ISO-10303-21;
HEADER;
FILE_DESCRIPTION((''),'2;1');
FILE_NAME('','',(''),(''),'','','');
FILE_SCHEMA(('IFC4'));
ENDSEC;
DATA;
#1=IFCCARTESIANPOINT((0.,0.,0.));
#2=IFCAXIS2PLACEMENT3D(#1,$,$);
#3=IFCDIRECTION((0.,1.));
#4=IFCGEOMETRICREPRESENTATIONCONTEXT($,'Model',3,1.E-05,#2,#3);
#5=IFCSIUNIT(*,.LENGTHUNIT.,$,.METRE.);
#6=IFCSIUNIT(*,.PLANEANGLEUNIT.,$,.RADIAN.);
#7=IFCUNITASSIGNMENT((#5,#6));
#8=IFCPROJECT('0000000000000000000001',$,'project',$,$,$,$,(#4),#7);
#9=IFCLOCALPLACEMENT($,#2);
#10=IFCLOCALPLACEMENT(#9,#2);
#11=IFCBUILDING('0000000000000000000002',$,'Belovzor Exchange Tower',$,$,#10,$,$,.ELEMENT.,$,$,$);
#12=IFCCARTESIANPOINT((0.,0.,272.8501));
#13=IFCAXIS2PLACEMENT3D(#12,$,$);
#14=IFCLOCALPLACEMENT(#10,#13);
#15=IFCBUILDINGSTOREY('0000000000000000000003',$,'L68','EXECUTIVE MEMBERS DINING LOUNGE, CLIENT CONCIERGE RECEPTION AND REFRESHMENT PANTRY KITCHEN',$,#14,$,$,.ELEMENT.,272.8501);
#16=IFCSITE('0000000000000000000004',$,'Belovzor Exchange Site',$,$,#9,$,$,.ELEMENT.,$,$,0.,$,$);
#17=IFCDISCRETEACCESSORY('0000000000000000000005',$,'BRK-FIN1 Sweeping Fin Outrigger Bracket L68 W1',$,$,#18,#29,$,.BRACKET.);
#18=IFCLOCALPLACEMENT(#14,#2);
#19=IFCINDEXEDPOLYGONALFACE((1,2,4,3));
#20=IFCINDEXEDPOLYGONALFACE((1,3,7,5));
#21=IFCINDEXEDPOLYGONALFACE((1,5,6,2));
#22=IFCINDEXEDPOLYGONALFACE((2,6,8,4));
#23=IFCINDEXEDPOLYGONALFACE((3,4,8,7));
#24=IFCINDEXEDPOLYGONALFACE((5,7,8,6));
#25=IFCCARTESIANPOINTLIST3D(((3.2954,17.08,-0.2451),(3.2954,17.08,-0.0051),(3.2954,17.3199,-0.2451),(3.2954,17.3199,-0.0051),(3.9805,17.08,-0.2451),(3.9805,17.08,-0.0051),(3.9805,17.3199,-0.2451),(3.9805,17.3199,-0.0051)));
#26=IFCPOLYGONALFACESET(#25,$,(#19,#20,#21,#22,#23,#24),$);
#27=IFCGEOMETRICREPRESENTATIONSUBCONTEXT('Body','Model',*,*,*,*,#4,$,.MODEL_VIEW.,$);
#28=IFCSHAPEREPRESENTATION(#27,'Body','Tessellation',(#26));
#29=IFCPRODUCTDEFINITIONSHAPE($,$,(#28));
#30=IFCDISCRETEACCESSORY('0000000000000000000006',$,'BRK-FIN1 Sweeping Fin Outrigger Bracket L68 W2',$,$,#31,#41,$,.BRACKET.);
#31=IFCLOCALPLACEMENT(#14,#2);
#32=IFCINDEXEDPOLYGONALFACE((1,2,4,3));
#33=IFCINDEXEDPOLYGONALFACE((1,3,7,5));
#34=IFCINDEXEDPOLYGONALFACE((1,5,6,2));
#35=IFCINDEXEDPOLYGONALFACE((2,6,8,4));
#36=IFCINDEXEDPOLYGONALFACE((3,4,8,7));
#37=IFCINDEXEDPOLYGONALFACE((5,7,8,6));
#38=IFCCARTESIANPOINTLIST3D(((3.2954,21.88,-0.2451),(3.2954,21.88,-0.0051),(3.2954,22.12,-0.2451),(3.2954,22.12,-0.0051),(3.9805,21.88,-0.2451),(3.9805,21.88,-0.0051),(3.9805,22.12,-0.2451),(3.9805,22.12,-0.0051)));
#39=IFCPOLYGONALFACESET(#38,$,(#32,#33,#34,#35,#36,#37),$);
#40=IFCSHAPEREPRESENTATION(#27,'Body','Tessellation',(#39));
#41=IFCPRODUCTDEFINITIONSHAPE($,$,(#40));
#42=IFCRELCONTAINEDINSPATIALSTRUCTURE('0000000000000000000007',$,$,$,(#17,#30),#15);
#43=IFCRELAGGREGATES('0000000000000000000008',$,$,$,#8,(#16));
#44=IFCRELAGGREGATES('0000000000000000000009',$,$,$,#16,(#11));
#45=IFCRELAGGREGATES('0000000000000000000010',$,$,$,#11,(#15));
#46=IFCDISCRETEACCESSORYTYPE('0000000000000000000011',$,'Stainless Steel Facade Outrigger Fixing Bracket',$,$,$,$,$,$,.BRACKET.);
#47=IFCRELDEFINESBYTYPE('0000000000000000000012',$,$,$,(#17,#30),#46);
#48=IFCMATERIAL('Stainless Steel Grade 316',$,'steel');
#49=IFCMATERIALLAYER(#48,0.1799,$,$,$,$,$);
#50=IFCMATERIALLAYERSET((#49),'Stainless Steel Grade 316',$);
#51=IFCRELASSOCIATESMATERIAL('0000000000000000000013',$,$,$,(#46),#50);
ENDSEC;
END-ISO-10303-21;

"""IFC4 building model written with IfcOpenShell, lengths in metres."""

from ifc_helpers import new_model, si_unit, direction, frame, origin, origin_2d, place, context, subcontext, project, spatial, rectangle, extrude, material, layer, layer_set, type_object, element, save


model = new_model("IFC4")

# Units and contexts
model_context = context("Model", 3, precision=1e-05, world=origin(), true_north=direction((0.0, 1.0)))
body_context = subcontext(model_context, "Body", "Model", "MODEL_VIEW")
ifc_project = project(units=[si_unit("LENGTHUNIT", "METRE"), si_unit("PLANEANGLEUNIT", "RADIAN")], contexts=[model_context])

# Site, building, storey
site_placement = place(None, origin())
site = spatial("IfcSite", under=ifc_project, at=site_placement, Name="Belovzor Exchange Site", CompositionType="ELEMENT", RefElevation=0.0)
building_placement = place(site_placement, origin())
building = spatial("IfcBuilding", under=site, at=building_placement, Name="Belovzor Exchange Tower", CompositionType="ELEMENT")
storey_placement = place(building_placement, frame((0.0, 0.0, 272.8501)))
storey = spatial("IfcBuildingStorey", under=building, at=storey_placement, Name="L68", Description="EXECUTIVE MEMBERS DINING LOUNGE, CLIENT CONCIERGE RECEPTION AND REFRESHMENT PANTRY KITCHEN", CompositionType="ELEMENT", Elevation=272.8501)

# Discrete accessories
ifc_material_1 = material(Name="Stainless Steel Grade 316", Category="steel")
ifc_layer_1 = layer(ifc_material_1, 0.1799)
ifc_layer_set_1 = layer_set([ifc_layer_1], Name="Stainless Steel Grade 316")
discrete_accessory_type = type_object("IfcDiscreteAccessoryType", Name="Stainless Steel Facade Outrigger Fixing Bracket", PredefinedType="BRACKET", material=ifc_layer_set_1)
for number, where, z_axis, x_axis, name in (
    (1, (3.6379, 17.2, -0.2451), (0.0, 0.0, 1.0), (1.0, 0.0, 0.0), "BRK-FIN1 Sweeping Fin Outrigger Bracket L68 W1"),
    (2, (3.6379, 22.0, -0.2451), (0.0, 0.0, 1.0), (1.0, 0.0, 0.0), "BRK-FIN1 Sweeping Fin Outrigger Bracket L68 W2"),
):
    element("IfcDiscreteAccessory", number, at=place(storey_placement, frame(where, z_axis=z_axis, x_axis=x_axis)), inside=storey, type_object=discrete_accessory_type, Name=name, PredefinedType="BRACKET", context=body_context, shape_type="SweptSolid", body=[
        extrude(rectangle(XDim=0.6851, YDim=0.24, at=origin_2d()), origin(), (0.0, 0.0, 1.0), 0.24),
    ])

save(model, "model.ifc")
